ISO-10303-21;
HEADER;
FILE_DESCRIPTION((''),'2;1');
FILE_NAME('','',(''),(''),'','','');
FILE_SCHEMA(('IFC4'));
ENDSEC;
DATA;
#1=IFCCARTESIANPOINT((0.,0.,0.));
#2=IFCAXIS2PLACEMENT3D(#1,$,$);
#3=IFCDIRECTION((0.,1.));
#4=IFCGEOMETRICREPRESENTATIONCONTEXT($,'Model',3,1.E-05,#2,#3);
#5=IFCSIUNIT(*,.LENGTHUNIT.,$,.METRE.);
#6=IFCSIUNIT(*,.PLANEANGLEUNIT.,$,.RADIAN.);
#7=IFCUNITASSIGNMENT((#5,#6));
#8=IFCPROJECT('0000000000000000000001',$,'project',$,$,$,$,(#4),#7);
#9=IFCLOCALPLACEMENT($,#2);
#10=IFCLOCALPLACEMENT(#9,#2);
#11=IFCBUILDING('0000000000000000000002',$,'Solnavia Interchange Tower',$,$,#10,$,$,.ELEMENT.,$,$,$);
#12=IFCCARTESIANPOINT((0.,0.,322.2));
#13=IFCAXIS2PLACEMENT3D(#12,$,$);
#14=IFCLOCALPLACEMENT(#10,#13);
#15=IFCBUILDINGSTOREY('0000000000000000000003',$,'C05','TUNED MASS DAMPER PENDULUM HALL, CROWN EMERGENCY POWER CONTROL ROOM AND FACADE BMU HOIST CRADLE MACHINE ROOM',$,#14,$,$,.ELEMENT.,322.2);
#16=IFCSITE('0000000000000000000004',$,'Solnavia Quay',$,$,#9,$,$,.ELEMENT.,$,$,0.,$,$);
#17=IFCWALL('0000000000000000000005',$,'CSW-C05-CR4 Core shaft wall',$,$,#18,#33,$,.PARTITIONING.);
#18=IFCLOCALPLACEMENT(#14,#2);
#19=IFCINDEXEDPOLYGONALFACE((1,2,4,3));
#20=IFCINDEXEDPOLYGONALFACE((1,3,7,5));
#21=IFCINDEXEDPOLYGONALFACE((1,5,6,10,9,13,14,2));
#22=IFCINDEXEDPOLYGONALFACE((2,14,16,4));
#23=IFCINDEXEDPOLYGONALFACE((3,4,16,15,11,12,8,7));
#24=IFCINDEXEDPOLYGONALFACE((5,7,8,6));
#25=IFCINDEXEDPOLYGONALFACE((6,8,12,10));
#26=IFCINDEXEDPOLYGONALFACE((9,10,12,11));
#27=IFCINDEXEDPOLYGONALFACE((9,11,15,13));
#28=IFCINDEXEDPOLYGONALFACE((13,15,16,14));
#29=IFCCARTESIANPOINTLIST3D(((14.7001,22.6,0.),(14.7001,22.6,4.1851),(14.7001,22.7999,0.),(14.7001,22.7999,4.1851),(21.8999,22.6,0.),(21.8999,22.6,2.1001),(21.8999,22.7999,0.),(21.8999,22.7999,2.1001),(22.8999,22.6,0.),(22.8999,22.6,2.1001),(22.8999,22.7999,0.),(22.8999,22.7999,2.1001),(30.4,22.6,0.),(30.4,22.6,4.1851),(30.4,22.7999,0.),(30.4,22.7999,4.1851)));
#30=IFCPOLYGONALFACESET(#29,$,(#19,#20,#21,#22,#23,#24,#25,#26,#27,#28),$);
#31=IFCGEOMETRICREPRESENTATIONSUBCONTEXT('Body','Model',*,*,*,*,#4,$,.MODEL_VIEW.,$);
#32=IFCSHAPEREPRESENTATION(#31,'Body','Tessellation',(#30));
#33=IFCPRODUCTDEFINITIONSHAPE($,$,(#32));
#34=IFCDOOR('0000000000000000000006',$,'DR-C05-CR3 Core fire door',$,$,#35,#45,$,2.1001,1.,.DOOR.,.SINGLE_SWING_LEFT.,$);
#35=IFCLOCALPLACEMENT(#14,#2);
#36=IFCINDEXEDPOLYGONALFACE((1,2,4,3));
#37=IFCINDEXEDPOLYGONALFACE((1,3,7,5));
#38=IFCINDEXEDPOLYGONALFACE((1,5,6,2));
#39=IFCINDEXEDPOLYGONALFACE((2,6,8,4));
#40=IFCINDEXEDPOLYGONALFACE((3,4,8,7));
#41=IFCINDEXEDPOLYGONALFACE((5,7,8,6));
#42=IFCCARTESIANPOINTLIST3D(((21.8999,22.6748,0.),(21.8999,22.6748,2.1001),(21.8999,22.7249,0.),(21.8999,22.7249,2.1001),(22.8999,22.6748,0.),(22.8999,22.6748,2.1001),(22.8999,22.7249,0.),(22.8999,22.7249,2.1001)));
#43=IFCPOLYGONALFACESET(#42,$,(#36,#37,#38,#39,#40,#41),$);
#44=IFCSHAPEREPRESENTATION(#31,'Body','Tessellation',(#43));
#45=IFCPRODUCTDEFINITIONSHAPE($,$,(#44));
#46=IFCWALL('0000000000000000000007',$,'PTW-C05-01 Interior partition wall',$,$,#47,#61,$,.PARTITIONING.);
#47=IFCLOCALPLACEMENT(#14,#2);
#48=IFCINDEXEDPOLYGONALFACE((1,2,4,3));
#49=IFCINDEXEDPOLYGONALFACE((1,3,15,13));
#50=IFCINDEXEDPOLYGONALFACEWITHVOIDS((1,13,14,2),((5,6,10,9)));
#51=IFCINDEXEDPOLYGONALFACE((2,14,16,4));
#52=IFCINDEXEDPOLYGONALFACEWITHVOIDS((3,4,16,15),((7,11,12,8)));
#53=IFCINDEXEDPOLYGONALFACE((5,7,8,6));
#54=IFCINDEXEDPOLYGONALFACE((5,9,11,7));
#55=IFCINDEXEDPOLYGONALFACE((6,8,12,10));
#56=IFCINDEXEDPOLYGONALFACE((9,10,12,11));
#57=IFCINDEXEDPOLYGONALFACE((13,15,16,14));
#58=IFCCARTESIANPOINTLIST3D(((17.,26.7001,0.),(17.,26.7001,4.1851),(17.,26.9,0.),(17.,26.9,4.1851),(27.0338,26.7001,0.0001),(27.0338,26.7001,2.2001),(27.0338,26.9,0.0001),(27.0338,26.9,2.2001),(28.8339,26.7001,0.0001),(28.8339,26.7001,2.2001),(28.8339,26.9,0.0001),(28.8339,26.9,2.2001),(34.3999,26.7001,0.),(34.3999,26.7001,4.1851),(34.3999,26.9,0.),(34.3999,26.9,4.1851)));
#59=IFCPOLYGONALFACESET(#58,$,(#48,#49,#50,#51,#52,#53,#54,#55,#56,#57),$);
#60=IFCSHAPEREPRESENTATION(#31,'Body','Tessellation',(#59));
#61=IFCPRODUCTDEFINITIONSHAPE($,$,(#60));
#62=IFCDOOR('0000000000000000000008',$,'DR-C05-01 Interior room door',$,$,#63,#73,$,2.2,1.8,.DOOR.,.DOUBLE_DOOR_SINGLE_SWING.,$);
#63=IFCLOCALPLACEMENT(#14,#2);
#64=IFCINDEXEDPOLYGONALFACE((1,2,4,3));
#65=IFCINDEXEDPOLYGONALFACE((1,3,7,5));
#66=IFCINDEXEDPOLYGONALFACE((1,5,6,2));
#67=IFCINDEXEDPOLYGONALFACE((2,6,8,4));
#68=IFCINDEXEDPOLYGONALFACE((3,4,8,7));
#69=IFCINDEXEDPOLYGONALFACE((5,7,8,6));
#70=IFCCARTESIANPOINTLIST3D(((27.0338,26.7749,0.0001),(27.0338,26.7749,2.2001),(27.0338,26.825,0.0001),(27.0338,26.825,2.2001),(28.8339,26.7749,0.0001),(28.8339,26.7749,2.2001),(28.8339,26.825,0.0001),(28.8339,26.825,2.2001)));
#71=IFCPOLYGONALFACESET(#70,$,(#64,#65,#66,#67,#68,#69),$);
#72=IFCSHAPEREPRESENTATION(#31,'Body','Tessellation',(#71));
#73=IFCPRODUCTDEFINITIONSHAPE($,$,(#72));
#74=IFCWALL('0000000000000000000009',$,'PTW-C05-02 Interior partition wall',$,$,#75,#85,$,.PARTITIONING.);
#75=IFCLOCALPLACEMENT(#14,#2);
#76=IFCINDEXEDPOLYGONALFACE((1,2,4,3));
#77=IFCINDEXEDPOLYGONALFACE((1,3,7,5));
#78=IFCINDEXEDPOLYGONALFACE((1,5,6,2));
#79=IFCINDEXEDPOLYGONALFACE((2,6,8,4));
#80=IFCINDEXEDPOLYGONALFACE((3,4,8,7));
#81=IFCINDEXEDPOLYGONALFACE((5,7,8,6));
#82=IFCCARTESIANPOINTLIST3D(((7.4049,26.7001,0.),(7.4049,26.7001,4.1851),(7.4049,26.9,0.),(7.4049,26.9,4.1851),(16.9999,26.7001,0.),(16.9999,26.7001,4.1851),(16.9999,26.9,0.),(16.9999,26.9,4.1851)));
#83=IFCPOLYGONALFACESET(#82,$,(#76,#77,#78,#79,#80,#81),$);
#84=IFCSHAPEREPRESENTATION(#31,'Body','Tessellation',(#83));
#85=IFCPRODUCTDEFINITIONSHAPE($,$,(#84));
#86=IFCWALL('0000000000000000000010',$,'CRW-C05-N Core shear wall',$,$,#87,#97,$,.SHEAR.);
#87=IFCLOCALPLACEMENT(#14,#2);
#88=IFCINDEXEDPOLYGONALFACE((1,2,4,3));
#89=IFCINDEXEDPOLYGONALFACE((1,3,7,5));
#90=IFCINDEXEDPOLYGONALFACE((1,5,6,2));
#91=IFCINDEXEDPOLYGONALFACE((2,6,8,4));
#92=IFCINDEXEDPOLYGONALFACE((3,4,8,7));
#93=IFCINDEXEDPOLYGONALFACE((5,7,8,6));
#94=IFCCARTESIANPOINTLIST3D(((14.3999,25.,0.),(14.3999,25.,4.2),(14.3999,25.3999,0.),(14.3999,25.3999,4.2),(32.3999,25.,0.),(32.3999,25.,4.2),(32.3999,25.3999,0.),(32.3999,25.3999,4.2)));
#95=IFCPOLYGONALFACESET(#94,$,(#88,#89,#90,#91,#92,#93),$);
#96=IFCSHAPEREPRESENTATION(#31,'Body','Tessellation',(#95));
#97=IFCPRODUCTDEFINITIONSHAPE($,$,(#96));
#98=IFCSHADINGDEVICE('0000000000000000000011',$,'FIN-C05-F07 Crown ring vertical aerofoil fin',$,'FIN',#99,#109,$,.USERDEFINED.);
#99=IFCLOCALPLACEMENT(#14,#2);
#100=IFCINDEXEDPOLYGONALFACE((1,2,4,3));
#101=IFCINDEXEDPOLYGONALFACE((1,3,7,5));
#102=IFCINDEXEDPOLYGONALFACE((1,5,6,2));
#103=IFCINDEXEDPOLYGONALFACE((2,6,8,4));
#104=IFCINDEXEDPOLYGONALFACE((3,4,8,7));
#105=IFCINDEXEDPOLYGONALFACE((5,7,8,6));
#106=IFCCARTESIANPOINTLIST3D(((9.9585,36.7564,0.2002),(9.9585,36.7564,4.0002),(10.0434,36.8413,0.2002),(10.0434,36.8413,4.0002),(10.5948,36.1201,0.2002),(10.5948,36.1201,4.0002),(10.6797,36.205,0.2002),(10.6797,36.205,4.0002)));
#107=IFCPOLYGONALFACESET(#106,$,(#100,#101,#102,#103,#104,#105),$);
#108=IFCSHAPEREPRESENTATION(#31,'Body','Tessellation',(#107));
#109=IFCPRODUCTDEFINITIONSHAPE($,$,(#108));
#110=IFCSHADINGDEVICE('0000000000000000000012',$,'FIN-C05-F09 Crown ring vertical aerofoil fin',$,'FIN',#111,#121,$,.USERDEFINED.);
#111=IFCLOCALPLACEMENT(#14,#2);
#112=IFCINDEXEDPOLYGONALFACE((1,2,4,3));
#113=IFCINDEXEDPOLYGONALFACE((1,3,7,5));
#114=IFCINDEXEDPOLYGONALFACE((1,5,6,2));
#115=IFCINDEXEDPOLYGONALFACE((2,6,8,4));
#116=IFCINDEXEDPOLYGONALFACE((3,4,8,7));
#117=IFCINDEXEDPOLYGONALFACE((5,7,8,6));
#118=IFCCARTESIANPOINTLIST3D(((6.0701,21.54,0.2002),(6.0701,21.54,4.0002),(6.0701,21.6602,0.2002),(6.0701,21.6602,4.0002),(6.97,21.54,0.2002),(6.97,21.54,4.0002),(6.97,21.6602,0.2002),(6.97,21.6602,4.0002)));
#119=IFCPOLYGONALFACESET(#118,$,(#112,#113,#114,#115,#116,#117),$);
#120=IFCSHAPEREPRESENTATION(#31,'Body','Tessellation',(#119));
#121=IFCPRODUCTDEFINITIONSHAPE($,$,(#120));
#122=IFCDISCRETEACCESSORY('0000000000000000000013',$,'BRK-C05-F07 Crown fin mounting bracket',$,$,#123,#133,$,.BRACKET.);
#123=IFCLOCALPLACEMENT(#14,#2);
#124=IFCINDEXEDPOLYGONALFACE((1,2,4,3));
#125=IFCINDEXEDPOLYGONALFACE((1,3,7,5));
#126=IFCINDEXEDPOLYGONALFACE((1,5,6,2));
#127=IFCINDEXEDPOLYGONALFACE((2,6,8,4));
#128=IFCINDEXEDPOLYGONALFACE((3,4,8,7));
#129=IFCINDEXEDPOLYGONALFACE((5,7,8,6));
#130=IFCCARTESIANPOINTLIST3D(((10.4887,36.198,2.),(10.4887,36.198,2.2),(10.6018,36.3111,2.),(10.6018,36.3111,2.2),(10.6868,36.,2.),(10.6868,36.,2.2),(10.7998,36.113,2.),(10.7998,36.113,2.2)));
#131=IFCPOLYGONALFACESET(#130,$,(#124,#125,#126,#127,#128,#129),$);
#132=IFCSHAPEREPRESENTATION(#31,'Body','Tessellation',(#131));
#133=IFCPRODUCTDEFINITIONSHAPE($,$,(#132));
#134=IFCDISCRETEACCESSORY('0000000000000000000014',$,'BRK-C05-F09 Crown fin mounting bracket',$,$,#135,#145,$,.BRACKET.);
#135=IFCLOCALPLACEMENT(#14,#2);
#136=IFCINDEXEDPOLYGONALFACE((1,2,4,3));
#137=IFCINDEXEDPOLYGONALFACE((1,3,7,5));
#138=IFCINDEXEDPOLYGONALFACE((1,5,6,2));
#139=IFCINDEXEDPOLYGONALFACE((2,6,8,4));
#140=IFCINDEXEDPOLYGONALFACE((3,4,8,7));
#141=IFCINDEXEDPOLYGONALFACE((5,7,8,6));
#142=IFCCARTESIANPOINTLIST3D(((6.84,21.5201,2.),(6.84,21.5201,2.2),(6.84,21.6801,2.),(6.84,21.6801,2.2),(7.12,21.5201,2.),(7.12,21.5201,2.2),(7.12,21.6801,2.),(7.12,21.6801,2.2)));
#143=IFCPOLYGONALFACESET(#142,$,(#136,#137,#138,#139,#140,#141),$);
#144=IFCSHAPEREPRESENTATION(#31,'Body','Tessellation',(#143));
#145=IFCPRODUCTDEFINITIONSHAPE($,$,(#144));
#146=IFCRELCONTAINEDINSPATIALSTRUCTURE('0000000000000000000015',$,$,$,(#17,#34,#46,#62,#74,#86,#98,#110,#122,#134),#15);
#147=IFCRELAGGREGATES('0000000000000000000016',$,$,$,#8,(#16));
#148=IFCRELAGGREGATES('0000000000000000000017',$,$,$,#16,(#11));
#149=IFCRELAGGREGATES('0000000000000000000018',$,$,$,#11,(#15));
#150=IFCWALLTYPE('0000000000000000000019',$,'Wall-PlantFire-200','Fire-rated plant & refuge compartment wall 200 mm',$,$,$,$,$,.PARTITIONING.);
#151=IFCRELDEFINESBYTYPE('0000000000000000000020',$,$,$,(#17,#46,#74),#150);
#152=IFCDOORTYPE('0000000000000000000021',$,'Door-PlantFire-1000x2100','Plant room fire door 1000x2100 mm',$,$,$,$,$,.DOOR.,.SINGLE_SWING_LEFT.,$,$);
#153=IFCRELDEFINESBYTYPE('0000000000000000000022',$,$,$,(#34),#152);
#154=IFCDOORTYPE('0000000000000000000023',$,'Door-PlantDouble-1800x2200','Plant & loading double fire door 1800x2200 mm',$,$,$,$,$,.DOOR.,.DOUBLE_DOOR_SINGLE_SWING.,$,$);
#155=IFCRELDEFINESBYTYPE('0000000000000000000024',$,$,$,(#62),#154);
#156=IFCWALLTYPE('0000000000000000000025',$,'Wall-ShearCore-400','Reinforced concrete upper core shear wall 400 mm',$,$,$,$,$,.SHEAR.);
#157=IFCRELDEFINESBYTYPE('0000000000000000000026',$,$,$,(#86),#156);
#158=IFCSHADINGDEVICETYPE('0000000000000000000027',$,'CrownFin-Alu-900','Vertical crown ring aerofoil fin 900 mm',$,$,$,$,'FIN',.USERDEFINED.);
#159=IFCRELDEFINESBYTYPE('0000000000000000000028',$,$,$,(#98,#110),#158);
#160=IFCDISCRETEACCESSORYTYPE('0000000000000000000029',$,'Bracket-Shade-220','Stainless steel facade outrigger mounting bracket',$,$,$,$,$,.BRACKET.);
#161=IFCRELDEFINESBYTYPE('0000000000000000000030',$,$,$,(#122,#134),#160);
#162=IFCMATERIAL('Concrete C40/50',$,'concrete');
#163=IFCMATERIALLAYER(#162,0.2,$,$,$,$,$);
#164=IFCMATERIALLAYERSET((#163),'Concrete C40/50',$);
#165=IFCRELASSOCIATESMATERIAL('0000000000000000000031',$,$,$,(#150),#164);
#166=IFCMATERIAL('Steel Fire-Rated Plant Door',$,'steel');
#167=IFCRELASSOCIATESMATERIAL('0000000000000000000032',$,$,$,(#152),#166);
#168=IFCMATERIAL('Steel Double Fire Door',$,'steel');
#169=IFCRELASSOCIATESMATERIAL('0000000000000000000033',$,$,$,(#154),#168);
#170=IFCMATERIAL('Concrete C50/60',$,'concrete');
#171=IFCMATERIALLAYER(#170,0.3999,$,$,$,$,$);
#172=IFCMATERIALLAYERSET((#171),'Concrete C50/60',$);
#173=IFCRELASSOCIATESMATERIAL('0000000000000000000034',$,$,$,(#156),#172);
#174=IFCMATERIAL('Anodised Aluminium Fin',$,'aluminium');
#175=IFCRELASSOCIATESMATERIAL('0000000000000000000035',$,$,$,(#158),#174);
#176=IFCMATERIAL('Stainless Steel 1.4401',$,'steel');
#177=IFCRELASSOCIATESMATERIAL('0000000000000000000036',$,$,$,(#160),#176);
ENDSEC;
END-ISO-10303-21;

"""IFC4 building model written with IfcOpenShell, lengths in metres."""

from ifc_helpers import new_model, si_unit, direction, frame, frame_2d, origin, origin_2d, place, context, subcontext, project, spatial, rectangle, extrude, material, layer, layer_set, type_object, element, fill, save


model = new_model("IFC4")

# Units and contexts
model_context = context("Model", 3, precision=1e-05, world=origin(), true_north=direction((0.0, 1.0)))
body_context = subcontext(model_context, "Body", "Model", "MODEL_VIEW")
ifc_project = project(units=[si_unit("LENGTHUNIT", "METRE"), si_unit("PLANEANGLEUNIT", "RADIAN")], contexts=[model_context])

# Site, building, storey
site_placement = place(None, origin())
site = spatial("IfcSite", under=ifc_project, at=site_placement, Name="Solnavia Quay", CompositionType="ELEMENT", RefElevation=0.0)
building_placement = place(site_placement, origin())
building = spatial("IfcBuilding", under=site, at=building_placement, Name="Solnavia Interchange Tower", CompositionType="ELEMENT")
storey_placement = place(building_placement, frame((0.0, 0.0, 322.2)))
storey = spatial("IfcBuildingStorey", under=building, at=storey_placement, Name="C05", Description="TUNED MASS DAMPER PENDULUM HALL, CROWN EMERGENCY POWER CONTROL ROOM AND FACADE BMU HOIST CRADLE MACHINE ROOM", CompositionType="ELEMENT", Elevation=322.2)

# Shared definitions
ifc_material_1 = material(Name="Concrete C50/60", Category="concrete")

# Shared definitions
ifc_material_2 = material(Name="Concrete C40/50", Category="concrete")

# Shared definitions
ifc_layer_1 = layer(ifc_material_2, 0.2)
ifc_layer_set_1 = layer_set([ifc_layer_1], Name="Concrete C40/50")
wall_type_1 = type_object("IfcWallType", Name="Wall-PlantFire-200", Description="Fire-rated plant & refuge compartment wall 200 mm", PredefinedType="PARTITIONING", material=ifc_layer_set_1)
ifc_material_3 = material(Name="Steel Fire-Rated Plant Door", Category="steel")
door_type_1 = type_object("IfcDoorType", Name="Door-PlantFire-1000x2100", Description="Plant room fire door 1000x2100 mm", OperationType="SINGLE_SWING_LEFT", PredefinedType="DOOR", material=ifc_material_3)

# Walls, openings, doors
wall_1_placement = place(storey_placement, frame((14.7, 22.7, 0.0), z_axis=(0.0, 0.0, 1.0), x_axis=(1.0, 0.0, 0.0)))
wall_1 = element("IfcWall", 1, at=wall_1_placement, inside=storey, type_object=wall_type_1, Name="CSW-C05-CR4 Core shaft wall", PredefinedType="PARTITIONING", context=body_context, shape_type="SweptSolid", body=[
    extrude(rectangle(XDim=15.7, YDim=0.2, at=frame_2d((7.8501, 0.0))), origin(), (0.0, 0.0, 1.0), 4.1851),
])
opening_1_placement = place(wall_1_placement, frame((7.2, 0.0, 0.0)))
opening_1 = element("IfcOpeningElement", 2, at=opening_1_placement, cuts=wall_1, PredefinedType="OPENING", context=body_context, shape_type="SweptSolid", body=[
    extrude(rectangle(XDim=1.0, YDim=2.1001, at=frame_2d((0.5, 1.05))), frame((0.0, 0.1099, 0.0), z_axis=(0.0, -1.0, 0.0), x_axis=(1.0, 0.0, 0.0)), (0.0, 0.0, 1.0), 0.22),
])
door_1_placement = place(opening_1_placement, origin())
door_1 = element("IfcDoor", 3, at=door_1_placement, inside=storey, type_object=door_type_1, Name="DR-C05-CR3 Core fire door", OperationType="SINGLE_SWING_LEFT", OverallHeight=2.1001, OverallWidth=1.0, PredefinedType="DOOR", context=body_context, shape_type="SweptSolid", body=[
    extrude(rectangle(XDim=1.0, YDim=2.1001, at=frame_2d((0.5, 1.05))), frame((0.0, 0.0249, 0.0), z_axis=(0.0, -1.0, 0.0), x_axis=(1.0, 0.0, 0.0)), (0.0, 0.0, 1.0), 0.05),
])
fill(opening_1, door_1)
wall_2_placement = place(storey_placement, frame((17.0, 26.8, 0.0), z_axis=(0.0, 0.0, 1.0), x_axis=(1.0, 0.0, 0.0)))
wall_2 = element("IfcWall", 4, at=wall_2_placement, inside=storey, type_object=wall_type_1, Name="PTW-C05-01 Interior partition wall", PredefinedType="PARTITIONING", context=body_context, shape_type="SweptSolid", body=[
    extrude(rectangle(XDim=17.3999, YDim=0.2, at=frame_2d((8.7, 0.0))), origin(), (0.0, 0.0, 1.0), 4.1851),
])
opening_2_placement = place(wall_2_placement, frame((10.0339, 0.0, 0.0)))
opening_2 = element("IfcOpeningElement", 5, at=opening_2_placement, cuts=wall_2, PredefinedType="OPENING", context=body_context, shape_type="SweptSolid", body=[
    extrude(rectangle(XDim=1.8, YDim=2.2, at=frame_2d((0.8999, 1.1001))), frame((0.0, 0.1099, 0.0), z_axis=(0.0, -1.0, 0.0), x_axis=(1.0, 0.0, 0.0)), (0.0, 0.0, 1.0), 0.22),
])
ifc_material_4 = material(Name="Steel Double Fire Door", Category="steel")
door_type_2 = type_object("IfcDoorType", Name="Door-PlantDouble-1800x2200", Description="Plant & loading double fire door 1800x2200 mm", OperationType="DOUBLE_DOOR_SINGLE_SWING", PredefinedType="DOOR", material=ifc_material_4)
door_2_placement = place(opening_2_placement, origin())
door_2 = element("IfcDoor", 6, at=door_2_placement, inside=storey, type_object=door_type_2, Name="DR-C05-01 Interior room door", OperationType="DOUBLE_DOOR_SINGLE_SWING", OverallHeight=2.2, OverallWidth=1.8, PredefinedType="DOOR", context=body_context, shape_type="SweptSolid", body=[
    extrude(rectangle(XDim=1.8, YDim=2.2, at=frame_2d((0.8999, 1.1001))), frame((0.0, 0.0249, 0.0), z_axis=(0.0, -1.0, 0.0), x_axis=(1.0, 0.0, 0.0)), (0.0, 0.0, 1.0), 0.05),
])
fill(opening_2, door_2)

# Walls
wall_3_placement = place(storey_placement, frame((7.405, 26.8, 0.0), z_axis=(0.0, 0.0, 1.0), x_axis=(1.0, 0.0, 0.0)))
element("IfcWall", 7, at=wall_3_placement, inside=storey, type_object=wall_type_1, Name="PTW-C05-02 Interior partition wall", PredefinedType="PARTITIONING", context=body_context, shape_type="SweptSolid", body=[
    extrude(rectangle(XDim=9.595, YDim=0.2, at=frame_2d((4.7974, 0.0))), origin(), (0.0, 0.0, 1.0), 4.1851),
])
ifc_layer_2 = layer(ifc_material_1, 0.3999)
ifc_layer_set_2 = layer_set([ifc_layer_2], Name="Concrete C50/60")
wall_type_2 = type_object("IfcWallType", Name="Wall-ShearCore-400", Description="Reinforced concrete upper core shear wall 400 mm", PredefinedType="SHEAR", material=ifc_layer_set_2)
wall_4_placement = place(storey_placement, frame((14.3999, 25.2, 0.0), z_axis=(0.0, 0.0, 1.0), x_axis=(1.0, 0.0, 0.0)))
element("IfcWall", 8, at=wall_4_placement, inside=storey, type_object=wall_type_2, Name="CRW-C05-N Core shear wall", PredefinedType="SHEAR", context=body_context, shape_type="SweptSolid", body=[
    extrude(rectangle(XDim=18.0, YDim=0.3999, at=frame_2d((9.0, 0.0))), origin(), (0.0, 0.0, 1.0), 4.2),
])

# Shading devices
ifc_material_5 = material(Name="Anodised Aluminium Fin", Category="aluminium")
shading_device_type = type_object("IfcShadingDeviceType", Name="CrownFin-Alu-900", Description="Vertical crown ring aerofoil fin 900 mm", ElementType="FIN", PredefinedType="USERDEFINED", material=ifc_material_5)
for number, where, z_axis, x_axis, name in (
    (9, (10.3191, 36.4807, 0.2002), (0.0, 0.0, 1.0), (-0.707107, 0.707107, 0.0), "FIN-C05-F07 Crown ring vertical aerofoil fin"),
    (10, (6.52, 21.6001, 0.2002), (0.0, 0.0, 1.0), (-1.0, 0.0, 0.0), "FIN-C05-F09 Crown ring vertical aerofoil fin"),
):
    element("IfcShadingDevice", number, at=place(storey_placement, frame(where, z_axis=z_axis, x_axis=x_axis)), inside=storey, type_object=shading_device_type, Name=name, ObjectType="FIN", PredefinedType="USERDEFINED", context=body_context, shape_type="SweptSolid", body=[
        extrude(rectangle(XDim=0.8999, YDim=0.1201, at=origin_2d()), origin(), (0.0, 0.0, 1.0), 3.8),
    ])

# Discrete accessories
ifc_material_6 = material(Name="Stainless Steel 1.4401", Category="steel")
discrete_accessory_type = type_object("IfcDiscreteAccessoryType", Name="Bracket-Shade-220", Description="Stainless steel facade outrigger mounting bracket", PredefinedType="BRACKET", material=ifc_material_6)
for number, where, z_axis, x_axis, name in (
    (11, (10.6443, 36.1555, 2.0), (0.0, 0.0, 1.0), (-0.707107, 0.707107, 0.0), "BRK-C05-F07 Crown fin mounting bracket"),
    (12, (6.98, 21.6001, 2.0), (0.0, 0.0, 1.0), (-1.0, 0.0, 0.0), "BRK-C05-F09 Crown fin mounting bracket"),
):
    element("IfcDiscreteAccessory", number, at=place(storey_placement, frame(where, z_axis=z_axis, x_axis=x_axis)), inside=storey, type_object=discrete_accessory_type, Name=name, PredefinedType="BRACKET", context=body_context, shape_type="SweptSolid", body=[
        extrude(rectangle(XDim=0.28, YDim=0.1599, at=origin_2d()), origin(), (0.0, 0.0, 1.0), 0.2),
    ])

save(model, "model.ifc")
